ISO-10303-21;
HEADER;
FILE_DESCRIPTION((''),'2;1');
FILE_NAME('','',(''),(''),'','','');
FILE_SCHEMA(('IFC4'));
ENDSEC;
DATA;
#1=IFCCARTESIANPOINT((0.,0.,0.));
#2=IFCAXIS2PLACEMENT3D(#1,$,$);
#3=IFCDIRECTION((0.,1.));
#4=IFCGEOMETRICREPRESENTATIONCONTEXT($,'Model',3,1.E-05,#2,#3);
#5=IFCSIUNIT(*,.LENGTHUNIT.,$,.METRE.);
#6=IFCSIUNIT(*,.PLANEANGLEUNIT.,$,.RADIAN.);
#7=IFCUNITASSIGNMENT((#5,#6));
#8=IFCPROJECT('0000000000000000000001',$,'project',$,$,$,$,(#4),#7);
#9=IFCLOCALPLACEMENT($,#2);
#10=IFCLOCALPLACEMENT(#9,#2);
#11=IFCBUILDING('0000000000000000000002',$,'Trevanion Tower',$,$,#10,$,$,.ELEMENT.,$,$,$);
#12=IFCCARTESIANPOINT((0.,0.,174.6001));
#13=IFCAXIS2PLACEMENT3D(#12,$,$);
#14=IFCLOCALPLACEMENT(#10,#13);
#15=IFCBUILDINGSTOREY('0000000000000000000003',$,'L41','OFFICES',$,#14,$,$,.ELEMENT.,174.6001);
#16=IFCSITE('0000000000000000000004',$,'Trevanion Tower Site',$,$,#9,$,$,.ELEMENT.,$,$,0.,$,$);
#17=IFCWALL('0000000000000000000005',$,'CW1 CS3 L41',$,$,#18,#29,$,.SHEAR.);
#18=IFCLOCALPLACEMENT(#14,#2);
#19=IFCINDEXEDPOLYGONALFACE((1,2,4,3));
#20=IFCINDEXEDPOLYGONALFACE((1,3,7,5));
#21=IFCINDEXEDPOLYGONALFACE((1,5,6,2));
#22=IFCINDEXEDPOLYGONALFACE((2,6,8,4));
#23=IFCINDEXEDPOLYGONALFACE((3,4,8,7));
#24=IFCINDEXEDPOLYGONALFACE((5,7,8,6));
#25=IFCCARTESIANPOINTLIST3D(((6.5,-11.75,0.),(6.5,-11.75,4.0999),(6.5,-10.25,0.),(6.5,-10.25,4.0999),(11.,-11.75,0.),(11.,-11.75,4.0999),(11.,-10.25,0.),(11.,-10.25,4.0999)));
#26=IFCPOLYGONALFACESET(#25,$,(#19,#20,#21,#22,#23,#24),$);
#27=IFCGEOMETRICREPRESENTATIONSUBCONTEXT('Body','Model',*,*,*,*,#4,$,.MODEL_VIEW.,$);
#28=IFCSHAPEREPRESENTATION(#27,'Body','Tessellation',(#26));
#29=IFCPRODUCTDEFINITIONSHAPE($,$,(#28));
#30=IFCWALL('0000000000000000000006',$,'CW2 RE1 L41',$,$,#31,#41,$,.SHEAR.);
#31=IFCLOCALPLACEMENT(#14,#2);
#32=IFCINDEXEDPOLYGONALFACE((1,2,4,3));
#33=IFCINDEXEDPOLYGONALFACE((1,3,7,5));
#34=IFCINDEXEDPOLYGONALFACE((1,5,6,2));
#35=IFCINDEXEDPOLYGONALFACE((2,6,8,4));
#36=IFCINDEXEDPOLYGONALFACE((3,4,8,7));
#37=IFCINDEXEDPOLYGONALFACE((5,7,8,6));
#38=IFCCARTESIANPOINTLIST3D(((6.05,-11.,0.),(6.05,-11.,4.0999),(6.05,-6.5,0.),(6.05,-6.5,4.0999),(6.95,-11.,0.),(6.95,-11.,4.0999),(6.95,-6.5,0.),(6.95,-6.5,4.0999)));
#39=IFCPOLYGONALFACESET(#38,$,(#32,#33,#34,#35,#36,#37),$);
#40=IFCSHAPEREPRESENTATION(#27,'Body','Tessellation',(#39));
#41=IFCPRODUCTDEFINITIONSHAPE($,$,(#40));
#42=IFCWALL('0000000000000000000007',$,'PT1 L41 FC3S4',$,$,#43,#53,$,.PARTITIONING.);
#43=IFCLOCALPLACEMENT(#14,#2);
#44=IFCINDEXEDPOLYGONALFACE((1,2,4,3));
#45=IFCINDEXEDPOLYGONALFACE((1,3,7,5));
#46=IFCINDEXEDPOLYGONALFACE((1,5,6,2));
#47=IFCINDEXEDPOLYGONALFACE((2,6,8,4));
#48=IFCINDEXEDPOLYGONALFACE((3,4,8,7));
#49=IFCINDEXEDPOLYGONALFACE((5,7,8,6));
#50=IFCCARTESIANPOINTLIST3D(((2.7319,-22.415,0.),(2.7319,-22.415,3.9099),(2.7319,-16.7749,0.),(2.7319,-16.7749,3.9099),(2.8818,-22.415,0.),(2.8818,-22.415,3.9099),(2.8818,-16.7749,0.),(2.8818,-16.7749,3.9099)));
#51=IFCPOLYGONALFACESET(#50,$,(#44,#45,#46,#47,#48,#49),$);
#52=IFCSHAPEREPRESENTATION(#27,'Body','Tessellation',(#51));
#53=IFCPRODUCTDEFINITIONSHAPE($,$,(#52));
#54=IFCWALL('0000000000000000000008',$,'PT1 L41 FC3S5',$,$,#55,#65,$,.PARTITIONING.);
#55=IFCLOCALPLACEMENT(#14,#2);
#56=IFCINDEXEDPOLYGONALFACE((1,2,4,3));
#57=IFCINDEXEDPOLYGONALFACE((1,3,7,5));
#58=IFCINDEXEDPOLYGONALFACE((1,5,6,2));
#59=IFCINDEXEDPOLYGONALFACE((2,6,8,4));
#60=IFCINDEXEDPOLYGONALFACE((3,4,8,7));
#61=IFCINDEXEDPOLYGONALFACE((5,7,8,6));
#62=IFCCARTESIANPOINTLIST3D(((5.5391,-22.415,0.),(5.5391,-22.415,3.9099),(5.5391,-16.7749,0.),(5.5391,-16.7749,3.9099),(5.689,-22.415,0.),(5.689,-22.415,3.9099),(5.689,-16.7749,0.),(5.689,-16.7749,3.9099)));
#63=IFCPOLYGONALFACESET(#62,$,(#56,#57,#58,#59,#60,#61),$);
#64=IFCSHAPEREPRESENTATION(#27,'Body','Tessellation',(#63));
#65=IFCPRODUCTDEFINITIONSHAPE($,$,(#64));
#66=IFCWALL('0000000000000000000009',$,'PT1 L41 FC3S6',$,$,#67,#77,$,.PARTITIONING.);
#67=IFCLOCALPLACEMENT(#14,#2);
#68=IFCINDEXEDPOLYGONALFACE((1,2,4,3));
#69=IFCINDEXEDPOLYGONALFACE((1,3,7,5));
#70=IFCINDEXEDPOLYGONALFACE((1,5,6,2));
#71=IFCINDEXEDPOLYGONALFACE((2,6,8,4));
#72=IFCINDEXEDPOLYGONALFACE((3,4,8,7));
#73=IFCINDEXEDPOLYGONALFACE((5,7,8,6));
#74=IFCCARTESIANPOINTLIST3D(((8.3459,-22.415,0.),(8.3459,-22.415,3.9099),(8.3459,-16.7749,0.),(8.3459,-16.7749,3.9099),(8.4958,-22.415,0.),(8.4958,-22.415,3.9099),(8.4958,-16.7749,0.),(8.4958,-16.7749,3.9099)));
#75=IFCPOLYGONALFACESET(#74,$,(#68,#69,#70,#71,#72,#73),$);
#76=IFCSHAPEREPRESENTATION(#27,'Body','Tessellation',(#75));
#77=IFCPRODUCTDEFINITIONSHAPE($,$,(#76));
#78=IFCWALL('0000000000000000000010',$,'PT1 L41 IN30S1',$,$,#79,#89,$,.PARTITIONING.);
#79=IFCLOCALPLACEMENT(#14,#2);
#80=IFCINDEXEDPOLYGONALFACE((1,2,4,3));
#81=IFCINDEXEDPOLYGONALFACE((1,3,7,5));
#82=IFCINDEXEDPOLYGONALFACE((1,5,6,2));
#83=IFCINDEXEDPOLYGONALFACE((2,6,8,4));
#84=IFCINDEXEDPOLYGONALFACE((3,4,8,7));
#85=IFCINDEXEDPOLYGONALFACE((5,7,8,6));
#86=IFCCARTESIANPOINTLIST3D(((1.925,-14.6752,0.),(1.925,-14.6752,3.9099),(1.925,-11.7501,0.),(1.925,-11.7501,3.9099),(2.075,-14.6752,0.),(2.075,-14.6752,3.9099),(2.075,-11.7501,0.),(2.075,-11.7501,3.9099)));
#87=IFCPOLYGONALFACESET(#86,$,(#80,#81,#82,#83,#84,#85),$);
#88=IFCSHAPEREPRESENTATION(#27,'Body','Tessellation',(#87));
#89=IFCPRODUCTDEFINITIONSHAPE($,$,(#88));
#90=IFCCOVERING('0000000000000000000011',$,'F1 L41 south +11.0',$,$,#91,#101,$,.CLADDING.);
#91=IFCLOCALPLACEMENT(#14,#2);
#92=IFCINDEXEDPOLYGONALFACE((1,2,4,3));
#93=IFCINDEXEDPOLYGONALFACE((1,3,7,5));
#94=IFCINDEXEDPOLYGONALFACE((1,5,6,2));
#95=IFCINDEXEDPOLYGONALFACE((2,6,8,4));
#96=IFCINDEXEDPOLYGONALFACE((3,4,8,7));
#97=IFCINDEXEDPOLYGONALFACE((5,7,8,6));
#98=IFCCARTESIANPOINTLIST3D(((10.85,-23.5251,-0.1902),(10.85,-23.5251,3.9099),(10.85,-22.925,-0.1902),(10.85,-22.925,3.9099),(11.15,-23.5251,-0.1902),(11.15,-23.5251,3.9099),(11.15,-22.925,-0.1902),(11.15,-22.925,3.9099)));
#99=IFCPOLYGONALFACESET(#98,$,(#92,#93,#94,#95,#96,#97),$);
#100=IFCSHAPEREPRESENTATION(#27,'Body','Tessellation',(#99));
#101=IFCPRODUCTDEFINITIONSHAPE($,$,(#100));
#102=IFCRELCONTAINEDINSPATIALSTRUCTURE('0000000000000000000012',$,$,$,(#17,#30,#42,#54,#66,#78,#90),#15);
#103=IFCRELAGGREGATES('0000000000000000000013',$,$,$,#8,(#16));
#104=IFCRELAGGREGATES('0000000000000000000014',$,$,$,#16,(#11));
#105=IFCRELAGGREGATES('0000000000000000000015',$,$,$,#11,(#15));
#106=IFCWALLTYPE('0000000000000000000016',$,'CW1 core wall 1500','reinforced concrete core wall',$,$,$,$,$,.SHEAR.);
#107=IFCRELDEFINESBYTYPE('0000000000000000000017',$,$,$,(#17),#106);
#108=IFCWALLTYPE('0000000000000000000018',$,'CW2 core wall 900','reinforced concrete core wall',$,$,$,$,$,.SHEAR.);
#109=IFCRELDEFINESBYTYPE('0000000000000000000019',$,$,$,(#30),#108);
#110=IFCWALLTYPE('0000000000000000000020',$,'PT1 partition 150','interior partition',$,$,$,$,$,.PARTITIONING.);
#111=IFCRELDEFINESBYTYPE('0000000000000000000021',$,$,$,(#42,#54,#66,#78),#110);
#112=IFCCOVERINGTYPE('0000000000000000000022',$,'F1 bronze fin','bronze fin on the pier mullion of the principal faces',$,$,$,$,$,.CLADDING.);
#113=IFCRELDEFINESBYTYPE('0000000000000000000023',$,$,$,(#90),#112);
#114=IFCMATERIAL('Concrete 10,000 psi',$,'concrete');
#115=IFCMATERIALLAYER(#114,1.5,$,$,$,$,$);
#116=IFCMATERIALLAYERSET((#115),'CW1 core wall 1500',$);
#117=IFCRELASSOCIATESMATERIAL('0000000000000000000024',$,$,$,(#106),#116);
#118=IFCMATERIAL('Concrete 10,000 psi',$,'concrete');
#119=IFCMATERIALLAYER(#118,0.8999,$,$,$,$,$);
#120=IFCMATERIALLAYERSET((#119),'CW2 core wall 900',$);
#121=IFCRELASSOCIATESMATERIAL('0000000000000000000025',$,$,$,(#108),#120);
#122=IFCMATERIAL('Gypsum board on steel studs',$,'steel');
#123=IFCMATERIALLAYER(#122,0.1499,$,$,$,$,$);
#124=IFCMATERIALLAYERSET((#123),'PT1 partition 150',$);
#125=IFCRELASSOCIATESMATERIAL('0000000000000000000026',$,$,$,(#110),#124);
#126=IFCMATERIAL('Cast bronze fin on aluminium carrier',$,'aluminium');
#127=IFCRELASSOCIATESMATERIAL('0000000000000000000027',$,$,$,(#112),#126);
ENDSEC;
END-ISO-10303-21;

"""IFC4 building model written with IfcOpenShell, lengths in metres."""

from ifc_helpers import new_model, si_unit, direction, frame, frame_2d, origin, origin_2d, place, context, subcontext, project, spatial, rectangle, extrude, material, layer, layer_set, type_object, element, save


model = new_model("IFC4")

# Units and contexts
model_context = context("Model", 3, precision=1e-05, world=origin(), true_north=direction((0.0, 1.0)))
body_context = subcontext(model_context, "Body", "Model", "MODEL_VIEW")
ifc_project = project(units=[si_unit("LENGTHUNIT", "METRE"), si_unit("PLANEANGLEUNIT", "RADIAN")], contexts=[model_context])

# Site, building, storey
site_placement = place(None, origin())
site = spatial("IfcSite", under=ifc_project, at=site_placement, Name="Trevanion Tower Site", CompositionType="ELEMENT", RefElevation=0.0)
building_placement = place(site_placement, origin())
building = spatial("IfcBuilding", under=site, at=building_placement, Name="Trevanion Tower", CompositionType="ELEMENT")
storey_placement = place(building_placement, frame((0.0, 0.0, 174.6001)))
storey = spatial("IfcBuildingStorey", under=building, at=storey_placement, Name="L41", Description="OFFICES", CompositionType="ELEMENT", Elevation=174.6001)

# Walls
ifc_material_1 = material(Name="Concrete 10,000 psi", Category="concrete")
ifc_layer_1 = layer(ifc_material_1, 1.5)
ifc_layer_set_1 = layer_set([ifc_layer_1], Name="CW1 core wall 1500")
wall_type_1 = type_object("IfcWallType", Name="CW1 core wall 1500", Description="reinforced concrete core wall", PredefinedType="SHEAR", material=ifc_layer_set_1)
wall_1_placement = place(storey_placement, frame((6.5, -11.0, 0.0), z_axis=(0.0, 0.0, 1.0), x_axis=(1.0, 0.0, 0.0)))
element("IfcWall", 1, at=wall_1_placement, inside=storey, type_object=wall_type_1, Name="CW1 CS3 L41", PredefinedType="SHEAR", context=body_context, shape_type="SweptSolid", body=[
    extrude(rectangle(XDim=4.5, YDim=1.5, at=frame_2d((2.25, 0.0))), origin(), (0.0, 0.0, 1.0), 4.0999),
])
ifc_material_2 = material(Name="Concrete 10,000 psi", Category="concrete")
ifc_layer_2 = layer(ifc_material_2, 0.8999)
ifc_layer_set_2 = layer_set([ifc_layer_2], Name="CW2 core wall 900")
wall_type_2 = type_object("IfcWallType", Name="CW2 core wall 900", Description="reinforced concrete core wall", PredefinedType="SHEAR", material=ifc_layer_set_2)
wall_2_placement = place(storey_placement, frame((6.5, -11.0, 0.0), z_axis=(0.0, 0.0, 1.0), x_axis=(0.0, 1.0, 0.0)))
element("IfcWall", 2, at=wall_2_placement, inside=storey, type_object=wall_type_2, Name="CW2 RE1 L41", PredefinedType="SHEAR", context=body_context, shape_type="SweptSolid", body=[
    extrude(rectangle(XDim=4.5, YDim=0.8999, at=frame_2d((2.25, 0.0))), origin(), (0.0, 0.0, 1.0), 4.0999),
])
ifc_material_3 = material(Name="Gypsum board on steel studs", Category="steel")
ifc_layer_3 = layer(ifc_material_3, 0.1499)
ifc_layer_set_3 = layer_set([ifc_layer_3], Name="PT1 partition 150")
wall_type_3 = type_object("IfcWallType", Name="PT1 partition 150", Description="interior partition", PredefinedType="PARTITIONING", material=ifc_layer_set_3)
for number, where, z_axis, x_axis, name in (
    (3, (2.8069, -16.7749, 0.0), (0.0, 0.0, 1.0), (0.0, -1.0, 0.0), "PT1 L41 FC3S4"),
    (4, (5.614, -16.7749, 0.0), (0.0, 0.0, 1.0), (0.0, -1.0, 0.0), "PT1 L41 FC3S5"),
    (5, (8.4209, -16.7749, 0.0), (0.0, 0.0, 1.0), (0.0, -1.0, 0.0), "PT1 L41 FC3S6"),
):
    element("IfcWall", number, at=place(storey_placement, frame(where, z_axis=z_axis, x_axis=x_axis)), inside=storey, type_object=wall_type_3, Name=name, PredefinedType="PARTITIONING", context=body_context, shape_type="SweptSolid", body=[
        extrude(rectangle(XDim=5.6401, YDim=0.1499, at=frame_2d((2.8201, 0.0))), origin(), (0.0, 0.0, 1.0), 3.9099),
    ])
wall_3_placement = place(storey_placement, frame((2.0, -14.675, 0.0), z_axis=(0.0, 0.0, 1.0), x_axis=(0.0, 1.0, 0.0)))
element("IfcWall", 6, at=wall_3_placement, inside=storey, type_object=wall_type_3, Name="PT1 L41 IN30S1", PredefinedType="PARTITIONING", context=body_context, shape_type="SweptSolid", body=[
    extrude(rectangle(XDim=2.925, YDim=0.1499, at=frame_2d((1.4624, 0.0))), origin(), (0.0, 0.0, 1.0), 3.9099),
])

# Covering
ifc_material_4 = material(Name="Cast bronze fin on aluminium carrier", Category="aluminium")
covering_type = type_object("IfcCoveringType", Name="F1 bronze fin", Description="bronze fin on the pier mullion of the principal faces", PredefinedType="CLADDING", material=ifc_material_4)
covering_placement = place(storey_placement, frame((11.0, -23.2251, -0.1902), z_axis=(0.0, 0.0, 1.0), x_axis=(1.0, 0.0, 0.0)))
element("IfcCovering", 7, at=covering_placement, inside=storey, type_object=covering_type, Name="F1 L41 south +11.0", PredefinedType="CLADDING", context=body_context, shape_type="SweptSolid", body=[
    extrude(rectangle(XDim=0.3, YDim=0.6001, at=origin_2d()), origin(), (0.0, 0.0, 1.0), 4.1001),
])

save(model, "model.ifc")
